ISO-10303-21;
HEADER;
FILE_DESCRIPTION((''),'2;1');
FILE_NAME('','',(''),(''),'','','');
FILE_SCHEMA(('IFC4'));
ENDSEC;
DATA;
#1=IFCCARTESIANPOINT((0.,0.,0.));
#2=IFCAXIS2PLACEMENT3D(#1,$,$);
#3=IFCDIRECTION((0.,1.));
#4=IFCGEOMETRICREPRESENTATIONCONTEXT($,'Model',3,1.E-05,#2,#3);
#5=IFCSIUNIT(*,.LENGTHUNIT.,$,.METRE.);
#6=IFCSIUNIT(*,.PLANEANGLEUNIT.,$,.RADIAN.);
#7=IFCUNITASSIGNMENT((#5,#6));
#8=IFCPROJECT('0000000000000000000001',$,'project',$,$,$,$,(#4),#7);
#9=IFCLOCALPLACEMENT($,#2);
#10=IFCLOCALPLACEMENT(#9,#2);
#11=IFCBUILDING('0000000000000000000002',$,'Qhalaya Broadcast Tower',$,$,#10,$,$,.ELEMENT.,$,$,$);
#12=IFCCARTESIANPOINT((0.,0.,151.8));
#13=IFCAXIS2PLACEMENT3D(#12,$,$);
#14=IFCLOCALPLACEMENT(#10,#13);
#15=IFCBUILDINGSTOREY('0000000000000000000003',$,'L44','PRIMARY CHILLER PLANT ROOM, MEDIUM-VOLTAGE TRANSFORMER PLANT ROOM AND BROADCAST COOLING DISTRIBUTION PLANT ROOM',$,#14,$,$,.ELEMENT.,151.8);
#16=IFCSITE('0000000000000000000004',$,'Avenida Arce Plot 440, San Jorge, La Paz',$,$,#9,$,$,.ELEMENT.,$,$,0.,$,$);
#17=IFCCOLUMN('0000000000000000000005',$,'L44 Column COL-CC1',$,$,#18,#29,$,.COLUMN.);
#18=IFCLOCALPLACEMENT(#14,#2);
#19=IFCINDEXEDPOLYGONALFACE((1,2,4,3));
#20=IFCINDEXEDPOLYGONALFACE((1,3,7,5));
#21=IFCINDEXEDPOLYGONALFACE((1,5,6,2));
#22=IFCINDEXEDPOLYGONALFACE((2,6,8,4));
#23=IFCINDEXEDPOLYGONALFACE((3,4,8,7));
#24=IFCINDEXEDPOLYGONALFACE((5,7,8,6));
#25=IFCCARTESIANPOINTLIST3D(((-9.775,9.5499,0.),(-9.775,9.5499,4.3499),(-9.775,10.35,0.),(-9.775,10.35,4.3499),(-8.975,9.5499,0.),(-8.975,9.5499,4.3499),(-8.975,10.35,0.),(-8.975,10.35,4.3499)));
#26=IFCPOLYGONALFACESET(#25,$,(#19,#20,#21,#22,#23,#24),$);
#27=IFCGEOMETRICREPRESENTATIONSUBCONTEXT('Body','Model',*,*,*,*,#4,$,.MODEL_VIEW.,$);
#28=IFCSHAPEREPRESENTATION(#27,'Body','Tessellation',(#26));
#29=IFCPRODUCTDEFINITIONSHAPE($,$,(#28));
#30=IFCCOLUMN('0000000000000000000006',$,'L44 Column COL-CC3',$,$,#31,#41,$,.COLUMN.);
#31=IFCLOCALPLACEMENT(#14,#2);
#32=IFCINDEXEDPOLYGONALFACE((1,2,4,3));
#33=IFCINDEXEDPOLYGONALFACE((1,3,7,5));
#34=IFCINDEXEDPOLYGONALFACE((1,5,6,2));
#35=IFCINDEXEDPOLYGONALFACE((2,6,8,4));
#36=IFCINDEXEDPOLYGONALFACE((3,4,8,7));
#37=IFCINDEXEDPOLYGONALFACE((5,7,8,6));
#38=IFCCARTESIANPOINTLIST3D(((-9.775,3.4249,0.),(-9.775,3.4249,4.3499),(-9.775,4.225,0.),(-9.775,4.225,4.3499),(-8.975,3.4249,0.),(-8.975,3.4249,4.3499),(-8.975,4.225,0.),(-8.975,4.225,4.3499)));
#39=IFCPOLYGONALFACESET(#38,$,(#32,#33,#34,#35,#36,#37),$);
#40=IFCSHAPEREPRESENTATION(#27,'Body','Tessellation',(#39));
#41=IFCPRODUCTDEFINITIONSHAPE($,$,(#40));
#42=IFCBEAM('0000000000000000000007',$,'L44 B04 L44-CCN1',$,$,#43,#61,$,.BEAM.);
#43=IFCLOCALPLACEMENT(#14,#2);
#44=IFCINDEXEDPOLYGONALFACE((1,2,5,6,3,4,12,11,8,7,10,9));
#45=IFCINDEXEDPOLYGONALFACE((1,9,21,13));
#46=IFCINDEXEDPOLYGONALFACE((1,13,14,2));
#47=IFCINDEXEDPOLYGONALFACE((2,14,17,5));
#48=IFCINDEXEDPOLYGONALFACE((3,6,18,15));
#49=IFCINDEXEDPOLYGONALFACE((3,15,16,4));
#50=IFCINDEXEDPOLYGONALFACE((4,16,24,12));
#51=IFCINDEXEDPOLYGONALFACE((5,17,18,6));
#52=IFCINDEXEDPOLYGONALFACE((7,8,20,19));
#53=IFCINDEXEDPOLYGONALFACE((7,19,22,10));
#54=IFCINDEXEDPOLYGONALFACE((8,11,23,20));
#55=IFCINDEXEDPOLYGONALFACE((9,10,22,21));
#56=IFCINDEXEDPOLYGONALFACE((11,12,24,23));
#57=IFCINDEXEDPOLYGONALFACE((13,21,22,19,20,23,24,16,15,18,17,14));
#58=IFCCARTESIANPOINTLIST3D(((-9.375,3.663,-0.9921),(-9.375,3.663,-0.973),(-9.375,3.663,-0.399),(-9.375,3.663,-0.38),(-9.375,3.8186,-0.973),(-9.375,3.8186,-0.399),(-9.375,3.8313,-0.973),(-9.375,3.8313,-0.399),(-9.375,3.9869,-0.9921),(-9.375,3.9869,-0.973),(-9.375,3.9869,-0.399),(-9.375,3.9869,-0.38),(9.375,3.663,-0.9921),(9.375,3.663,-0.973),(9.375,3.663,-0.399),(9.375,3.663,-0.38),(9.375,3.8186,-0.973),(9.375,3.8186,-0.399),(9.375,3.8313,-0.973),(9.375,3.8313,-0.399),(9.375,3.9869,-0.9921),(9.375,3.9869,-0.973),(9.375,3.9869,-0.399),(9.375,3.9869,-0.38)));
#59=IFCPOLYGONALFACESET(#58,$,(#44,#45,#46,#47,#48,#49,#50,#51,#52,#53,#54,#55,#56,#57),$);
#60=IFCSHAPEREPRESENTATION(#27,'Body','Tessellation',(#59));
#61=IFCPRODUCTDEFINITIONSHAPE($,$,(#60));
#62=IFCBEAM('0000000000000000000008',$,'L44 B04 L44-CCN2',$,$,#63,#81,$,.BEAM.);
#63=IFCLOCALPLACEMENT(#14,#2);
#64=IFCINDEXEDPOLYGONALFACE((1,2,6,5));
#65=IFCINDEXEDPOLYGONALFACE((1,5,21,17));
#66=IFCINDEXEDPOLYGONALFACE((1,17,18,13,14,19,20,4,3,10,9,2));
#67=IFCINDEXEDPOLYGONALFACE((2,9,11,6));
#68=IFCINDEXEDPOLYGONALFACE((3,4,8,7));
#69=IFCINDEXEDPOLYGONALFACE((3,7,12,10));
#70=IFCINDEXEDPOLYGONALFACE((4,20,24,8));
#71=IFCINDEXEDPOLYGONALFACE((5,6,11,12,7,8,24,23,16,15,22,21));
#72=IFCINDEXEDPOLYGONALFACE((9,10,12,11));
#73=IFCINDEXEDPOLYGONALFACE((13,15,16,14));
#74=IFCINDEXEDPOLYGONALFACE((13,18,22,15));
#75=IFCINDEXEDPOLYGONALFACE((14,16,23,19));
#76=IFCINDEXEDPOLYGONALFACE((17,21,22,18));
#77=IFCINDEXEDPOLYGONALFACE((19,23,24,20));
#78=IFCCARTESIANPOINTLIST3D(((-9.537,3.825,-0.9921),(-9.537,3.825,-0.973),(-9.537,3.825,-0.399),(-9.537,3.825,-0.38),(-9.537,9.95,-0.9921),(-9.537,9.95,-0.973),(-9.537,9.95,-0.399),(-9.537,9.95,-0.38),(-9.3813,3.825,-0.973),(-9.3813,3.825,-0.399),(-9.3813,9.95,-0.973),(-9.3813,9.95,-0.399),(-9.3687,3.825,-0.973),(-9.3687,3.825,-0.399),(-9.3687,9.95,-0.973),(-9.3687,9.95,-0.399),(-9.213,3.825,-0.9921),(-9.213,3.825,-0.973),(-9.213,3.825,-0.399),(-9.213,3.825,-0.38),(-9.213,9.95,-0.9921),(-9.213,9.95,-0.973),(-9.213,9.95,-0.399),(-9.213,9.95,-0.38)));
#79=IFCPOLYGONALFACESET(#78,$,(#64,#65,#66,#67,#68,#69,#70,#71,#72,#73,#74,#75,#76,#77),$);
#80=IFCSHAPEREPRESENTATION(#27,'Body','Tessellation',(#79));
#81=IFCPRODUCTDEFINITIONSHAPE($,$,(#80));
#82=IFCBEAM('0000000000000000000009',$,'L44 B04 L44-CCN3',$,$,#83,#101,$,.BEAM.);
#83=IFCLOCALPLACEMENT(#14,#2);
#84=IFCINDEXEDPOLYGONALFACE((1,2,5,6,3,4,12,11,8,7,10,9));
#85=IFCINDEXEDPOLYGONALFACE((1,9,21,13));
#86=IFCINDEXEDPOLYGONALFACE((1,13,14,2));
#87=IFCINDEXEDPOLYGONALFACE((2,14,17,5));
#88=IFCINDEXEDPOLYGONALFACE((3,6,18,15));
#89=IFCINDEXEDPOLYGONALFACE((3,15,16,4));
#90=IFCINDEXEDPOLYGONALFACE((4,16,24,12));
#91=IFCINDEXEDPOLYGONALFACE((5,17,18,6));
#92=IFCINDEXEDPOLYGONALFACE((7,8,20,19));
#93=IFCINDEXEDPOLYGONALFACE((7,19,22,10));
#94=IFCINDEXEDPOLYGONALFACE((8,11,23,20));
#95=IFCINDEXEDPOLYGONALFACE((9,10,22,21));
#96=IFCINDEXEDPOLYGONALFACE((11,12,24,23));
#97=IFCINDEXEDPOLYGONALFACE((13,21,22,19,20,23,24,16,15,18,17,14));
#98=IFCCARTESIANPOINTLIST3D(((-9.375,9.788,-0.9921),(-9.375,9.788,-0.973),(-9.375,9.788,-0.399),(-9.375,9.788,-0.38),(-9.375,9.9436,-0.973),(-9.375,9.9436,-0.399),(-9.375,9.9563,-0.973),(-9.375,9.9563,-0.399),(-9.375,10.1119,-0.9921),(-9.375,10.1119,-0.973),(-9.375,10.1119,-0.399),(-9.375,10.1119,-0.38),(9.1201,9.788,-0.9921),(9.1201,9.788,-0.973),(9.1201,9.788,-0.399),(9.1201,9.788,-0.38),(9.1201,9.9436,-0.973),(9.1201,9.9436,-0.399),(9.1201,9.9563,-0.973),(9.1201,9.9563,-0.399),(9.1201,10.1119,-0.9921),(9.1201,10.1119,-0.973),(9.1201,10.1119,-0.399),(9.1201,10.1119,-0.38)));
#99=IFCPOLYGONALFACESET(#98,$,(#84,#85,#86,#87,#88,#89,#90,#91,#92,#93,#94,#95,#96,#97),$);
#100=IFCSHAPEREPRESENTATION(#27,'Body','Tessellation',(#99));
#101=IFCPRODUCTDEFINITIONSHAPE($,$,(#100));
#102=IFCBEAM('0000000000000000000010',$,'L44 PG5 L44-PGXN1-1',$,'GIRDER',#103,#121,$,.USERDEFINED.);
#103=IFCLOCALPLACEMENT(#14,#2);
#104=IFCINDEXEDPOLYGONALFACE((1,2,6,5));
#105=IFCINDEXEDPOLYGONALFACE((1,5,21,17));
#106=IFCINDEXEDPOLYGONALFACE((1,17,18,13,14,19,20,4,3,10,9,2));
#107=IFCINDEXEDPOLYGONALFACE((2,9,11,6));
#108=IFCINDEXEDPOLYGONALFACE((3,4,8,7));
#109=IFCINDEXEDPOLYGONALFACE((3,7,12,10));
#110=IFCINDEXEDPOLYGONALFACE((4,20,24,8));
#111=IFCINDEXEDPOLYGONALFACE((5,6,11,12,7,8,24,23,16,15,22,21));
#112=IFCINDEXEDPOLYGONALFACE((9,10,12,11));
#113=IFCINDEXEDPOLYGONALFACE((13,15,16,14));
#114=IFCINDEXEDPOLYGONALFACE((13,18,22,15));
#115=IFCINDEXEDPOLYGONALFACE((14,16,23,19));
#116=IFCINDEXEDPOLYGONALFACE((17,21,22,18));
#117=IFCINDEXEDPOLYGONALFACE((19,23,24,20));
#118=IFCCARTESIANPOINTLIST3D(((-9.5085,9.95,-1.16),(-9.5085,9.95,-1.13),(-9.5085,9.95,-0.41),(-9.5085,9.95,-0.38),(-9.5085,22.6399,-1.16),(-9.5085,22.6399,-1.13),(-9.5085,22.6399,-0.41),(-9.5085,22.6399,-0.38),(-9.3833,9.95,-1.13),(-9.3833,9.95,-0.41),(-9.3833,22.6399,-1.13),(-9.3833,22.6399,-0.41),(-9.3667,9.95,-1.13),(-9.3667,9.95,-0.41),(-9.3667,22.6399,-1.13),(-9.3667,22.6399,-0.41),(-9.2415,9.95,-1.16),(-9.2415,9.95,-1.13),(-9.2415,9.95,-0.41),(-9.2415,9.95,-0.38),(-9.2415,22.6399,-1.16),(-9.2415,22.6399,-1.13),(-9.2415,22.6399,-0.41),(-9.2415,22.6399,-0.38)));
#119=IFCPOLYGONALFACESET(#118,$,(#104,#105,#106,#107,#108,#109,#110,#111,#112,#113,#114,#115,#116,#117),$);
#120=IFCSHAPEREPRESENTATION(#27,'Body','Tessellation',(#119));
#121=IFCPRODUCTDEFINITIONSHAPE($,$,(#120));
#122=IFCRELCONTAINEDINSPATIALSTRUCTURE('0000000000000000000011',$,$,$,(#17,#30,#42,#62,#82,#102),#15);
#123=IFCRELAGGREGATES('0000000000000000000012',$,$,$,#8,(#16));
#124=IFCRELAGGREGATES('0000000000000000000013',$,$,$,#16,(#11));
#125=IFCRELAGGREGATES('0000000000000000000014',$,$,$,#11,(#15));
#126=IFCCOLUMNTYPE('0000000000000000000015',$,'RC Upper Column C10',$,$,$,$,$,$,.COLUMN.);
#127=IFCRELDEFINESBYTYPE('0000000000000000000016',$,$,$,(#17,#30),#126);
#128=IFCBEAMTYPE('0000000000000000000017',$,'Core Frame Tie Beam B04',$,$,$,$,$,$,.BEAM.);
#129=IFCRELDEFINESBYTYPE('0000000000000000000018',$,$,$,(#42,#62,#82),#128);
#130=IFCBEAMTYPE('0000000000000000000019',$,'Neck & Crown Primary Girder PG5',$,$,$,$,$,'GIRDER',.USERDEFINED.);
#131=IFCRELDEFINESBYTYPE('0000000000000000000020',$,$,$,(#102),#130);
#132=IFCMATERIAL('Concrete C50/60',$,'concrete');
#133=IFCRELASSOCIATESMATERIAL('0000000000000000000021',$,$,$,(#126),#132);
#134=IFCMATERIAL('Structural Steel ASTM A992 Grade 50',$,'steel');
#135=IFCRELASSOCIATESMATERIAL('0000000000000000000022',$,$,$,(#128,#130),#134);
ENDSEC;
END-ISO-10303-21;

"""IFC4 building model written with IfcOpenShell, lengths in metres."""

from ifc_helpers import new_model, si_unit, direction, frame, origin, origin_2d, place, context, subcontext, project, spatial, rectangle, i_section, extrude, material, material_profile, profile_set, type_object, element, save


model = new_model("IFC4")

# Units and contexts
model_context = context("Model", 3, precision=1e-05, world=origin(), true_north=direction((0.0, 1.0)))
body_context = subcontext(model_context, "Body", "Model", "MODEL_VIEW")
ifc_project = project(units=[si_unit("LENGTHUNIT", "METRE"), si_unit("PLANEANGLEUNIT", "RADIAN")], contexts=[model_context])

# Site, building, storey
site_placement = place(None, origin())
site = spatial("IfcSite", under=ifc_project, at=site_placement, Name="Avenida Arce Plot 440, San Jorge, La Paz", CompositionType="ELEMENT", RefElevation=0.0)
building_placement = place(site_placement, origin())
building = spatial("IfcBuilding", under=site, at=building_placement, Name="Qhalaya Broadcast Tower", CompositionType="ELEMENT")
storey_placement = place(building_placement, frame((0.0, 0.0, 151.8)))
storey = spatial("IfcBuildingStorey", under=building, at=storey_placement, Name="L44", Description="PRIMARY CHILLER PLANT ROOM, MEDIUM-VOLTAGE TRANSFORMER PLANT ROOM AND BROADCAST COOLING DISTRIBUTION PLANT ROOM", CompositionType="ELEMENT", Elevation=151.8)

# Columns
ifc_material_1 = material(Name="Concrete C50/60", Category="concrete")
ifc_material_profile_1 = material_profile(ifc_material_1, rectangle(XDim=0.8, YDim=0.8, at=origin_2d()), Name="RC-COL 800x800")
ifc_profile_set_1 = profile_set([ifc_material_profile_1], Name="Concrete C50/60")
column_type = type_object("IfcColumnType", Name="RC Upper Column C10", PredefinedType="COLUMN", material=ifc_profile_set_1)
for number, where, z_axis, x_axis, name in (
    (1, (-9.375, 9.95, 0.0), (0.0, 0.0, 1.0), (1.0, 0.0, 0.0), "L44 Column COL-CC1"),
    (2, (-9.375, 3.825, 0.0), (0.0, 0.0, 1.0), (1.0, 0.0, 0.0), "L44 Column COL-CC3"),
):
    element("IfcColumn", number, at=place(storey_placement, frame(where, z_axis=z_axis, x_axis=x_axis)), inside=storey, type_object=column_type, Name=name, PredefinedType="COLUMN", context=body_context, shape_type="SweptSolid", body=[
        extrude(rectangle(XDim=0.8, YDim=0.8, at=origin_2d()), origin(), (0.0, 0.0, 1.0), 4.3499),
    ])

# Beams
ifc_material_2 = material(Name="Structural Steel ASTM A992 Grade 50", Category="steel")
ifc_material_profile_2 = material_profile(ifc_material_2, i_section(OverallWidth=0.324, OverallDepth=0.6121, WebThickness=0.0127, FlangeThickness=0.019, at=origin_2d()), Name="W24X104")
ifc_profile_set_2 = profile_set([ifc_material_profile_2], Name="Structural Steel ASTM A992 Grade 50")
beam_type_1 = type_object("IfcBeamType", Name="Core Frame Tie Beam B04", PredefinedType="BEAM", material=ifc_profile_set_2)
beam_1_placement = place(storey_placement, frame((-9.375, 3.825, -0.686), z_axis=(1.0, 0.0, 0.0), x_axis=(0.0, 1.0, 0.0)))
element("IfcBeam", 3, at=beam_1_placement, inside=storey, type_object=beam_type_1, Name="L44 B04 L44-CCN1", PredefinedType="BEAM", context=body_context, shape_type="SweptSolid", body=[
    extrude(i_section(OverallWidth=0.324, OverallDepth=0.6121, WebThickness=0.0127, FlangeThickness=0.019, at=origin_2d()), origin(), (0.0, 0.0, 1.0), 18.75),
])
beam_2_placement = place(storey_placement, frame((-9.375, 3.825, -0.686), z_axis=(0.0, 1.0, 0.0), x_axis=(-1.0, 0.0, 0.0)))
element("IfcBeam", 4, at=beam_2_placement, inside=storey, type_object=beam_type_1, Name="L44 B04 L44-CCN2", PredefinedType="BEAM", context=body_context, shape_type="SweptSolid", body=[
    extrude(i_section(OverallWidth=0.324, OverallDepth=0.6121, WebThickness=0.0127, FlangeThickness=0.019, at=origin_2d()), origin(), (0.0, 0.0, 1.0), 6.125),
])
beam_3_placement = place(storey_placement, frame((-9.375, 9.95, -0.686), z_axis=(1.0, 0.0, 0.0), x_axis=(0.0, 1.0, 0.0)))
element("IfcBeam", 5, at=beam_3_placement, inside=storey, type_object=beam_type_1, Name="L44 B04 L44-CCN3", PredefinedType="BEAM", context=body_context, shape_type="SweptSolid", body=[
    extrude(i_section(OverallWidth=0.324, OverallDepth=0.6121, WebThickness=0.0127, FlangeThickness=0.019, at=origin_2d()), origin(), (0.0, 0.0, 1.0), 18.4951),
])
ifc_material_profile_3 = material_profile(ifc_material_2, i_section(OverallWidth=0.2671, OverallDepth=0.78, WebThickness=0.0166, FlangeThickness=0.03, at=origin_2d()), Name="W30X148")
ifc_profile_set_3 = profile_set([ifc_material_profile_3], Name="Structural Steel ASTM A992 Grade 50")
beam_type_2 = type_object("IfcBeamType", Name="Neck & Crown Primary Girder PG5", ElementType="GIRDER", PredefinedType="USERDEFINED", material=ifc_profile_set_3)
beam_4_placement = place(storey_placement, frame((-9.375, 9.95, -0.77), z_axis=(0.0, 1.0, 0.0), x_axis=(-1.0, 0.0, 0.0)))
element("IfcBeam", 6, at=beam_4_placement, inside=storey, type_object=beam_type_2, Name="L44 PG5 L44-PGXN1-1", ObjectType="GIRDER", PredefinedType="USERDEFINED", context=body_context, shape_type="SweptSolid", body=[
    extrude(i_section(OverallWidth=0.2671, OverallDepth=0.78, WebThickness=0.0166, FlangeThickness=0.03, at=origin_2d()), origin(), (0.0, 0.0, 1.0), 12.6899),
])

save(model, "model.ifc")
